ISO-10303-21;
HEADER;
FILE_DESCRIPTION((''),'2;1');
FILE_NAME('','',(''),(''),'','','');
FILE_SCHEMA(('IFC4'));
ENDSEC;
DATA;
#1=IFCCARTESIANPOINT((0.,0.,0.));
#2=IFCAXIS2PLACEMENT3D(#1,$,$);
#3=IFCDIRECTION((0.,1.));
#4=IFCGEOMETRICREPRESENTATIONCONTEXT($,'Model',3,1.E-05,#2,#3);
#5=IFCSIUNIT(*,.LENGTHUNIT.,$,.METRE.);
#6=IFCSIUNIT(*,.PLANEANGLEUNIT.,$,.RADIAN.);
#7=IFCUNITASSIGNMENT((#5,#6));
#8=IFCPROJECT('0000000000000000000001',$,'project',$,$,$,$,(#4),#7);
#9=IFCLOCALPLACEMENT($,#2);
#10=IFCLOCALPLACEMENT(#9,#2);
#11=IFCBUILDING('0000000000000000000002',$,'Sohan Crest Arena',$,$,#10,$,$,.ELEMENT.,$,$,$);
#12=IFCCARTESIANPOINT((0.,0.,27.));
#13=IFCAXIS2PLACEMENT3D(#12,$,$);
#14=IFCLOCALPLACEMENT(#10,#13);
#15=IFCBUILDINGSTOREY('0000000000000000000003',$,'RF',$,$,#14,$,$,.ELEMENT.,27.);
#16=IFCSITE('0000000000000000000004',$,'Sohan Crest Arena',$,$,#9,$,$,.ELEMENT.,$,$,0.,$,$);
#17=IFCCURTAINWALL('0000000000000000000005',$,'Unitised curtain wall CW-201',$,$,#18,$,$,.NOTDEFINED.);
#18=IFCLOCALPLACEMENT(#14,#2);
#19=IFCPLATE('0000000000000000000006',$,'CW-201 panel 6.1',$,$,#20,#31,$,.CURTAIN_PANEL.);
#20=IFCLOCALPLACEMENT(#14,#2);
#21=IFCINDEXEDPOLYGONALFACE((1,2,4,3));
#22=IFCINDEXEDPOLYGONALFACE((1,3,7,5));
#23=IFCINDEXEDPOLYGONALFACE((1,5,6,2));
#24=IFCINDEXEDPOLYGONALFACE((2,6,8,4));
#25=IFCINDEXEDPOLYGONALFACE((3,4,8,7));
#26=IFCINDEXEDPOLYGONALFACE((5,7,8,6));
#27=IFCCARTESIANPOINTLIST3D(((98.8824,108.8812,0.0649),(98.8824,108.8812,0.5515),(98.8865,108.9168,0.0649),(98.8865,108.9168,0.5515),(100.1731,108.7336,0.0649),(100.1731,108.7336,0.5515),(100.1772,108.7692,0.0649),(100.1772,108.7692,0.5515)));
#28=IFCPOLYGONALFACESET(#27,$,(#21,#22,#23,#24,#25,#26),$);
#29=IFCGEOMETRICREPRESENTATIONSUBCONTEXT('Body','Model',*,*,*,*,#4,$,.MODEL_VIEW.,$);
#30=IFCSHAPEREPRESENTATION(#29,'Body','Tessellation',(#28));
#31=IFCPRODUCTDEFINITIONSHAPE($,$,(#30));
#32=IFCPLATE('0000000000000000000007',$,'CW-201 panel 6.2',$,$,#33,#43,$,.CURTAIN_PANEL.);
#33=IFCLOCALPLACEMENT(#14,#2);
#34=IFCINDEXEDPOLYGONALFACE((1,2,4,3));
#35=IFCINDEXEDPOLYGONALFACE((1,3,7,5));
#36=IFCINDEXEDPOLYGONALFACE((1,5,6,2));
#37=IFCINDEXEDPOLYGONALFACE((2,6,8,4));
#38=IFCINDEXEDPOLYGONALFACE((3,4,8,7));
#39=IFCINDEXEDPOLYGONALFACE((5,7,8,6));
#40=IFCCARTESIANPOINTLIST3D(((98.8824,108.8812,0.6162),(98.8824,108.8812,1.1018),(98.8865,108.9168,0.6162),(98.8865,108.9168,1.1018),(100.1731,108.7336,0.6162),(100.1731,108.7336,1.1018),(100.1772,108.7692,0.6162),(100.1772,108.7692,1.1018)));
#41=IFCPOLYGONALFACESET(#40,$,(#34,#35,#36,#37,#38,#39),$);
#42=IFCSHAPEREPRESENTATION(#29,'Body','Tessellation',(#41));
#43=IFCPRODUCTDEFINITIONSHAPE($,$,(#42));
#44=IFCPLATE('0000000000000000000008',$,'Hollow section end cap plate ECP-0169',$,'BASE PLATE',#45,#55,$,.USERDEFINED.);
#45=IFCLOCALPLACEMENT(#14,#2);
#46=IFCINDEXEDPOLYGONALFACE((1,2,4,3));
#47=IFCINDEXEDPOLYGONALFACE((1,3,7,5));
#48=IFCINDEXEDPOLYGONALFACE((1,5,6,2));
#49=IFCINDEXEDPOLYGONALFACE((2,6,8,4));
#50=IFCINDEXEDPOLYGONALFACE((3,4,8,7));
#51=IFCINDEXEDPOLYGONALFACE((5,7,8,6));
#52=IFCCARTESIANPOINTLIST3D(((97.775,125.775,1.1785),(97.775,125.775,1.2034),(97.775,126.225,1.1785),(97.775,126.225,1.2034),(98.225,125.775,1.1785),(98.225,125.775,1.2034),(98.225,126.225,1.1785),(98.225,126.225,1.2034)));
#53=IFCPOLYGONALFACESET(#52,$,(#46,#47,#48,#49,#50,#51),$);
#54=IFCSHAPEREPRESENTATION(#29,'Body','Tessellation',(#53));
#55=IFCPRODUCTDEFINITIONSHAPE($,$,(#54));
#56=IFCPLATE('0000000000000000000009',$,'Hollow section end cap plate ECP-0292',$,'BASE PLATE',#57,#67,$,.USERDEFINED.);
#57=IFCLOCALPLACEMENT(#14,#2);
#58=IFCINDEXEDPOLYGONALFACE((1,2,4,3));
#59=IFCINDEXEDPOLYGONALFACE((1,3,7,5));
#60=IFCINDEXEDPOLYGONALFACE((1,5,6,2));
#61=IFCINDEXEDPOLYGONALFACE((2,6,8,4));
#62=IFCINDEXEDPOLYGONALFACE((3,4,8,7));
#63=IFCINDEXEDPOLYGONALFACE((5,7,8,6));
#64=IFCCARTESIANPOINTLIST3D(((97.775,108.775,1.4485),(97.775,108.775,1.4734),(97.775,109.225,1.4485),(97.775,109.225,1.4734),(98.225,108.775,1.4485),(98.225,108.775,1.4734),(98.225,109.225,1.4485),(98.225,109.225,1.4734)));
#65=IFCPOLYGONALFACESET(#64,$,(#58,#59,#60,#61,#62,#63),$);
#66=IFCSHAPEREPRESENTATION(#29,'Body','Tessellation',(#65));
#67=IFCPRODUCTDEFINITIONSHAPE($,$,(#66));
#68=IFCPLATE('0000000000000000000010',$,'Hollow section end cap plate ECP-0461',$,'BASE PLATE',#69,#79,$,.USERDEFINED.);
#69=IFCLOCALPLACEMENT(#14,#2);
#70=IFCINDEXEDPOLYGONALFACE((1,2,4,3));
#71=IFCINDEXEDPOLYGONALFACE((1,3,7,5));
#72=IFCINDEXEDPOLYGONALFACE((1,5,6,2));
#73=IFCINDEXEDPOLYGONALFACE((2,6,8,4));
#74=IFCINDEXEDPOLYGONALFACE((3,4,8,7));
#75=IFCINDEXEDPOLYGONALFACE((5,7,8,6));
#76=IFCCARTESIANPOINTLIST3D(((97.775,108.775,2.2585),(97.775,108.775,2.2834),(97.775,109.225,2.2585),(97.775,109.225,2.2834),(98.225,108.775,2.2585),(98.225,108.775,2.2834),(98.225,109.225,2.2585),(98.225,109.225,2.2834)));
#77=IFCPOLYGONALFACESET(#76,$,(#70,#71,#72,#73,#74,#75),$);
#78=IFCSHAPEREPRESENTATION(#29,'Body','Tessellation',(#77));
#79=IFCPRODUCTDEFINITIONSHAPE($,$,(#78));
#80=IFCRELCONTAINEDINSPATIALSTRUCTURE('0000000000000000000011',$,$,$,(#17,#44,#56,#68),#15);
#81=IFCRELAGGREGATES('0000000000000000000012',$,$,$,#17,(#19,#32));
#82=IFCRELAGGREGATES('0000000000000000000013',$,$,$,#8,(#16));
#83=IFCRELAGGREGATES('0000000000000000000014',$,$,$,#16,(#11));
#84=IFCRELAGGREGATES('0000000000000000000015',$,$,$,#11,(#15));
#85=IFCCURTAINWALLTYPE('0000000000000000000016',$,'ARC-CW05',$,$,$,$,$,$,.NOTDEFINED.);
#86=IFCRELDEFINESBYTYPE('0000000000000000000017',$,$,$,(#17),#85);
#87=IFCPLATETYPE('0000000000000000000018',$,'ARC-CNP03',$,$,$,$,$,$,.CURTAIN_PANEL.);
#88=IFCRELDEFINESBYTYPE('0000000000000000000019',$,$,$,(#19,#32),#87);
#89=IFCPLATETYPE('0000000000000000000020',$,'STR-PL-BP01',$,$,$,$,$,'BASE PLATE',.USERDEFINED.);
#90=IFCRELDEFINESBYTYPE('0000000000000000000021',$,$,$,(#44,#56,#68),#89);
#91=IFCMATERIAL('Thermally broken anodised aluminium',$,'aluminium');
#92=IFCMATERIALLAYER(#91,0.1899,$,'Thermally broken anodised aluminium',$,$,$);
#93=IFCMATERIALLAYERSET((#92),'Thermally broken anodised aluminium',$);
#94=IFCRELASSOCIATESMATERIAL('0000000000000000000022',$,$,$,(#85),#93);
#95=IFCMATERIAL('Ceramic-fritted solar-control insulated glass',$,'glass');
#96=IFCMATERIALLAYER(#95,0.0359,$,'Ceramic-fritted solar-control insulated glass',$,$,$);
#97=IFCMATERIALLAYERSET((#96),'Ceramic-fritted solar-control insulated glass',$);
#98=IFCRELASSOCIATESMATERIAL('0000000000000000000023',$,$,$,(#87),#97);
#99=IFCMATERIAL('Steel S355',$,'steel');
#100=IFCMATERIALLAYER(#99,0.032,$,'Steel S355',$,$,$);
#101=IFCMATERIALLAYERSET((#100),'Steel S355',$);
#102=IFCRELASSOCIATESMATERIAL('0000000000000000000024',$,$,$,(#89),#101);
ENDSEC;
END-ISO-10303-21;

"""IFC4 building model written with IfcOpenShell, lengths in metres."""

from ifc_helpers import new_model, si_unit, direction, frame, origin, origin_2d, place, context, subcontext, project, spatial, rectangle, extrude, material, layer, layer_set, type_object, element, aggregate, save


model = new_model("IFC4")

# Units and contexts
model_context = context("Model", 3, precision=1e-05, world=origin(), true_north=direction((0.0, 1.0)))
body_context = subcontext(model_context, "Body", "Model", "MODEL_VIEW")
ifc_project = project(units=[si_unit("LENGTHUNIT", "METRE"), si_unit("PLANEANGLEUNIT", "RADIAN")], contexts=[model_context])

# Site, building, storey
site_placement = place(None, origin())
site = spatial("IfcSite", under=ifc_project, at=site_placement, Name="Sohan Crest Arena", CompositionType="ELEMENT", RefElevation=0.0)
building_placement = place(site_placement, origin())
building = spatial("IfcBuilding", under=site, at=building_placement, Name="Sohan Crest Arena", CompositionType="ELEMENT")
storey_placement = place(building_placement, frame((0.0, 0.0, 27.0)))
storey = spatial("IfcBuildingStorey", under=building, at=storey_placement, Name="RF", CompositionType="ELEMENT", Elevation=27.0)

# Curtain wall
ifc_material_1 = material(Name="Thermally broken anodised aluminium", Category="aluminium")
ifc_layer_1 = layer(ifc_material_1, 0.1899, Name="Thermally broken anodised aluminium")
ifc_layer_set_1 = layer_set([ifc_layer_1], Name="Thermally broken anodised aluminium")
curtain_wall_type = type_object("IfcCurtainWallType", Name="ARC-CW05", PredefinedType="NOTDEFINED", material=ifc_layer_set_1)
curtain_wall_placement = place(storey_placement, origin())
curtain_wall = element("IfcCurtainWall", 1, at=curtain_wall_placement, inside=storey, type_object=curtain_wall_type, Name="Unitised curtain wall CW-201", PredefinedType="NOTDEFINED")

# Shared definitions
ifc_material_2 = material(Name="Steel S355", Category="steel")

# Plates
ifc_material_3 = material(Name="Ceramic-fritted solar-control insulated glass", Category="glass")
ifc_layer_2 = layer(ifc_material_3, 0.0359, Name="Ceramic-fritted solar-control insulated glass")
ifc_layer_set_2 = layer_set([ifc_layer_2], Name="Ceramic-fritted solar-control insulated glass")
plate_type_1 = type_object("IfcPlateType", Name="ARC-CNP03", PredefinedType="CURTAIN_PANEL", material=ifc_layer_set_2)
plate_1_placement = place(storey_placement, frame((99.5298, 108.8252, 0.0649), z_axis=(0.0, 0.0, 1.0), x_axis=(-0.993527, 0.113597, 0.0)))
plate_1 = element("IfcPlate", 2, at=plate_1_placement, type_object=plate_type_1, Name="CW-201 panel 6.1", PredefinedType="CURTAIN_PANEL", context=body_context, shape_type="SweptSolid", body=[
    extrude(rectangle(XDim=1.2991, YDim=0.0359, at=origin_2d()), origin(), (0.0, 0.0, 1.0), 0.4866),
])
plate_2_placement = place(storey_placement, frame((99.5298, 108.8252, 0.6162), z_axis=(0.0, 0.0, 1.0), x_axis=(-0.993527, 0.113597, 0.0)))
plate_2 = element("IfcPlate", 3, at=plate_2_placement, type_object=plate_type_1, Name="CW-201 panel 6.2", PredefinedType="CURTAIN_PANEL", context=body_context, shape_type="SweptSolid", body=[
    extrude(rectangle(XDim=1.2991, YDim=0.0359, at=origin_2d()), origin(), (0.0, 0.0, 1.0), 0.4856),
])
aggregate(curtain_wall, [plate_1, plate_2])

# Plates
ifc_layer_3 = layer(ifc_material_2, 0.032, Name="Steel S355")
ifc_layer_set_3 = layer_set([ifc_layer_3], Name="Steel S355")
plate_type_2 = type_object("IfcPlateType", Name="STR-PL-BP01", ElementType="BASE PLATE", PredefinedType="USERDEFINED", material=ifc_layer_set_3)
for number, where, z_axis, x_axis, name in (
    (4, (98.0, 126.0, 1.1785), (0.0, 0.0, 1.0), (1.0, 0.0, 0.0), "Hollow section end cap plate ECP-0169"),
    (5, (98.0, 109.0, 1.4485), (0.0, 0.0, 1.0), (1.0, 0.0, 0.0), "Hollow section end cap plate ECP-0292"),
    (6, (98.0, 109.0, 2.2585), (0.0, 0.0, 1.0), (1.0, 0.0, 0.0), "Hollow section end cap plate ECP-0461"),
):
    element("IfcPlate", number, at=place(storey_placement, frame(where, z_axis=z_axis, x_axis=x_axis)), inside=storey, type_object=plate_type_2, Name=name, ObjectType="BASE PLATE", PredefinedType="USERDEFINED", context=body_context, shape_type="SweptSolid", body=[
        extrude(rectangle(XDim=0.45, YDim=0.45, at=origin_2d()), origin(), (0.0, 0.0, 1.0), 0.0249),
    ])

save(model, "model.ifc")
